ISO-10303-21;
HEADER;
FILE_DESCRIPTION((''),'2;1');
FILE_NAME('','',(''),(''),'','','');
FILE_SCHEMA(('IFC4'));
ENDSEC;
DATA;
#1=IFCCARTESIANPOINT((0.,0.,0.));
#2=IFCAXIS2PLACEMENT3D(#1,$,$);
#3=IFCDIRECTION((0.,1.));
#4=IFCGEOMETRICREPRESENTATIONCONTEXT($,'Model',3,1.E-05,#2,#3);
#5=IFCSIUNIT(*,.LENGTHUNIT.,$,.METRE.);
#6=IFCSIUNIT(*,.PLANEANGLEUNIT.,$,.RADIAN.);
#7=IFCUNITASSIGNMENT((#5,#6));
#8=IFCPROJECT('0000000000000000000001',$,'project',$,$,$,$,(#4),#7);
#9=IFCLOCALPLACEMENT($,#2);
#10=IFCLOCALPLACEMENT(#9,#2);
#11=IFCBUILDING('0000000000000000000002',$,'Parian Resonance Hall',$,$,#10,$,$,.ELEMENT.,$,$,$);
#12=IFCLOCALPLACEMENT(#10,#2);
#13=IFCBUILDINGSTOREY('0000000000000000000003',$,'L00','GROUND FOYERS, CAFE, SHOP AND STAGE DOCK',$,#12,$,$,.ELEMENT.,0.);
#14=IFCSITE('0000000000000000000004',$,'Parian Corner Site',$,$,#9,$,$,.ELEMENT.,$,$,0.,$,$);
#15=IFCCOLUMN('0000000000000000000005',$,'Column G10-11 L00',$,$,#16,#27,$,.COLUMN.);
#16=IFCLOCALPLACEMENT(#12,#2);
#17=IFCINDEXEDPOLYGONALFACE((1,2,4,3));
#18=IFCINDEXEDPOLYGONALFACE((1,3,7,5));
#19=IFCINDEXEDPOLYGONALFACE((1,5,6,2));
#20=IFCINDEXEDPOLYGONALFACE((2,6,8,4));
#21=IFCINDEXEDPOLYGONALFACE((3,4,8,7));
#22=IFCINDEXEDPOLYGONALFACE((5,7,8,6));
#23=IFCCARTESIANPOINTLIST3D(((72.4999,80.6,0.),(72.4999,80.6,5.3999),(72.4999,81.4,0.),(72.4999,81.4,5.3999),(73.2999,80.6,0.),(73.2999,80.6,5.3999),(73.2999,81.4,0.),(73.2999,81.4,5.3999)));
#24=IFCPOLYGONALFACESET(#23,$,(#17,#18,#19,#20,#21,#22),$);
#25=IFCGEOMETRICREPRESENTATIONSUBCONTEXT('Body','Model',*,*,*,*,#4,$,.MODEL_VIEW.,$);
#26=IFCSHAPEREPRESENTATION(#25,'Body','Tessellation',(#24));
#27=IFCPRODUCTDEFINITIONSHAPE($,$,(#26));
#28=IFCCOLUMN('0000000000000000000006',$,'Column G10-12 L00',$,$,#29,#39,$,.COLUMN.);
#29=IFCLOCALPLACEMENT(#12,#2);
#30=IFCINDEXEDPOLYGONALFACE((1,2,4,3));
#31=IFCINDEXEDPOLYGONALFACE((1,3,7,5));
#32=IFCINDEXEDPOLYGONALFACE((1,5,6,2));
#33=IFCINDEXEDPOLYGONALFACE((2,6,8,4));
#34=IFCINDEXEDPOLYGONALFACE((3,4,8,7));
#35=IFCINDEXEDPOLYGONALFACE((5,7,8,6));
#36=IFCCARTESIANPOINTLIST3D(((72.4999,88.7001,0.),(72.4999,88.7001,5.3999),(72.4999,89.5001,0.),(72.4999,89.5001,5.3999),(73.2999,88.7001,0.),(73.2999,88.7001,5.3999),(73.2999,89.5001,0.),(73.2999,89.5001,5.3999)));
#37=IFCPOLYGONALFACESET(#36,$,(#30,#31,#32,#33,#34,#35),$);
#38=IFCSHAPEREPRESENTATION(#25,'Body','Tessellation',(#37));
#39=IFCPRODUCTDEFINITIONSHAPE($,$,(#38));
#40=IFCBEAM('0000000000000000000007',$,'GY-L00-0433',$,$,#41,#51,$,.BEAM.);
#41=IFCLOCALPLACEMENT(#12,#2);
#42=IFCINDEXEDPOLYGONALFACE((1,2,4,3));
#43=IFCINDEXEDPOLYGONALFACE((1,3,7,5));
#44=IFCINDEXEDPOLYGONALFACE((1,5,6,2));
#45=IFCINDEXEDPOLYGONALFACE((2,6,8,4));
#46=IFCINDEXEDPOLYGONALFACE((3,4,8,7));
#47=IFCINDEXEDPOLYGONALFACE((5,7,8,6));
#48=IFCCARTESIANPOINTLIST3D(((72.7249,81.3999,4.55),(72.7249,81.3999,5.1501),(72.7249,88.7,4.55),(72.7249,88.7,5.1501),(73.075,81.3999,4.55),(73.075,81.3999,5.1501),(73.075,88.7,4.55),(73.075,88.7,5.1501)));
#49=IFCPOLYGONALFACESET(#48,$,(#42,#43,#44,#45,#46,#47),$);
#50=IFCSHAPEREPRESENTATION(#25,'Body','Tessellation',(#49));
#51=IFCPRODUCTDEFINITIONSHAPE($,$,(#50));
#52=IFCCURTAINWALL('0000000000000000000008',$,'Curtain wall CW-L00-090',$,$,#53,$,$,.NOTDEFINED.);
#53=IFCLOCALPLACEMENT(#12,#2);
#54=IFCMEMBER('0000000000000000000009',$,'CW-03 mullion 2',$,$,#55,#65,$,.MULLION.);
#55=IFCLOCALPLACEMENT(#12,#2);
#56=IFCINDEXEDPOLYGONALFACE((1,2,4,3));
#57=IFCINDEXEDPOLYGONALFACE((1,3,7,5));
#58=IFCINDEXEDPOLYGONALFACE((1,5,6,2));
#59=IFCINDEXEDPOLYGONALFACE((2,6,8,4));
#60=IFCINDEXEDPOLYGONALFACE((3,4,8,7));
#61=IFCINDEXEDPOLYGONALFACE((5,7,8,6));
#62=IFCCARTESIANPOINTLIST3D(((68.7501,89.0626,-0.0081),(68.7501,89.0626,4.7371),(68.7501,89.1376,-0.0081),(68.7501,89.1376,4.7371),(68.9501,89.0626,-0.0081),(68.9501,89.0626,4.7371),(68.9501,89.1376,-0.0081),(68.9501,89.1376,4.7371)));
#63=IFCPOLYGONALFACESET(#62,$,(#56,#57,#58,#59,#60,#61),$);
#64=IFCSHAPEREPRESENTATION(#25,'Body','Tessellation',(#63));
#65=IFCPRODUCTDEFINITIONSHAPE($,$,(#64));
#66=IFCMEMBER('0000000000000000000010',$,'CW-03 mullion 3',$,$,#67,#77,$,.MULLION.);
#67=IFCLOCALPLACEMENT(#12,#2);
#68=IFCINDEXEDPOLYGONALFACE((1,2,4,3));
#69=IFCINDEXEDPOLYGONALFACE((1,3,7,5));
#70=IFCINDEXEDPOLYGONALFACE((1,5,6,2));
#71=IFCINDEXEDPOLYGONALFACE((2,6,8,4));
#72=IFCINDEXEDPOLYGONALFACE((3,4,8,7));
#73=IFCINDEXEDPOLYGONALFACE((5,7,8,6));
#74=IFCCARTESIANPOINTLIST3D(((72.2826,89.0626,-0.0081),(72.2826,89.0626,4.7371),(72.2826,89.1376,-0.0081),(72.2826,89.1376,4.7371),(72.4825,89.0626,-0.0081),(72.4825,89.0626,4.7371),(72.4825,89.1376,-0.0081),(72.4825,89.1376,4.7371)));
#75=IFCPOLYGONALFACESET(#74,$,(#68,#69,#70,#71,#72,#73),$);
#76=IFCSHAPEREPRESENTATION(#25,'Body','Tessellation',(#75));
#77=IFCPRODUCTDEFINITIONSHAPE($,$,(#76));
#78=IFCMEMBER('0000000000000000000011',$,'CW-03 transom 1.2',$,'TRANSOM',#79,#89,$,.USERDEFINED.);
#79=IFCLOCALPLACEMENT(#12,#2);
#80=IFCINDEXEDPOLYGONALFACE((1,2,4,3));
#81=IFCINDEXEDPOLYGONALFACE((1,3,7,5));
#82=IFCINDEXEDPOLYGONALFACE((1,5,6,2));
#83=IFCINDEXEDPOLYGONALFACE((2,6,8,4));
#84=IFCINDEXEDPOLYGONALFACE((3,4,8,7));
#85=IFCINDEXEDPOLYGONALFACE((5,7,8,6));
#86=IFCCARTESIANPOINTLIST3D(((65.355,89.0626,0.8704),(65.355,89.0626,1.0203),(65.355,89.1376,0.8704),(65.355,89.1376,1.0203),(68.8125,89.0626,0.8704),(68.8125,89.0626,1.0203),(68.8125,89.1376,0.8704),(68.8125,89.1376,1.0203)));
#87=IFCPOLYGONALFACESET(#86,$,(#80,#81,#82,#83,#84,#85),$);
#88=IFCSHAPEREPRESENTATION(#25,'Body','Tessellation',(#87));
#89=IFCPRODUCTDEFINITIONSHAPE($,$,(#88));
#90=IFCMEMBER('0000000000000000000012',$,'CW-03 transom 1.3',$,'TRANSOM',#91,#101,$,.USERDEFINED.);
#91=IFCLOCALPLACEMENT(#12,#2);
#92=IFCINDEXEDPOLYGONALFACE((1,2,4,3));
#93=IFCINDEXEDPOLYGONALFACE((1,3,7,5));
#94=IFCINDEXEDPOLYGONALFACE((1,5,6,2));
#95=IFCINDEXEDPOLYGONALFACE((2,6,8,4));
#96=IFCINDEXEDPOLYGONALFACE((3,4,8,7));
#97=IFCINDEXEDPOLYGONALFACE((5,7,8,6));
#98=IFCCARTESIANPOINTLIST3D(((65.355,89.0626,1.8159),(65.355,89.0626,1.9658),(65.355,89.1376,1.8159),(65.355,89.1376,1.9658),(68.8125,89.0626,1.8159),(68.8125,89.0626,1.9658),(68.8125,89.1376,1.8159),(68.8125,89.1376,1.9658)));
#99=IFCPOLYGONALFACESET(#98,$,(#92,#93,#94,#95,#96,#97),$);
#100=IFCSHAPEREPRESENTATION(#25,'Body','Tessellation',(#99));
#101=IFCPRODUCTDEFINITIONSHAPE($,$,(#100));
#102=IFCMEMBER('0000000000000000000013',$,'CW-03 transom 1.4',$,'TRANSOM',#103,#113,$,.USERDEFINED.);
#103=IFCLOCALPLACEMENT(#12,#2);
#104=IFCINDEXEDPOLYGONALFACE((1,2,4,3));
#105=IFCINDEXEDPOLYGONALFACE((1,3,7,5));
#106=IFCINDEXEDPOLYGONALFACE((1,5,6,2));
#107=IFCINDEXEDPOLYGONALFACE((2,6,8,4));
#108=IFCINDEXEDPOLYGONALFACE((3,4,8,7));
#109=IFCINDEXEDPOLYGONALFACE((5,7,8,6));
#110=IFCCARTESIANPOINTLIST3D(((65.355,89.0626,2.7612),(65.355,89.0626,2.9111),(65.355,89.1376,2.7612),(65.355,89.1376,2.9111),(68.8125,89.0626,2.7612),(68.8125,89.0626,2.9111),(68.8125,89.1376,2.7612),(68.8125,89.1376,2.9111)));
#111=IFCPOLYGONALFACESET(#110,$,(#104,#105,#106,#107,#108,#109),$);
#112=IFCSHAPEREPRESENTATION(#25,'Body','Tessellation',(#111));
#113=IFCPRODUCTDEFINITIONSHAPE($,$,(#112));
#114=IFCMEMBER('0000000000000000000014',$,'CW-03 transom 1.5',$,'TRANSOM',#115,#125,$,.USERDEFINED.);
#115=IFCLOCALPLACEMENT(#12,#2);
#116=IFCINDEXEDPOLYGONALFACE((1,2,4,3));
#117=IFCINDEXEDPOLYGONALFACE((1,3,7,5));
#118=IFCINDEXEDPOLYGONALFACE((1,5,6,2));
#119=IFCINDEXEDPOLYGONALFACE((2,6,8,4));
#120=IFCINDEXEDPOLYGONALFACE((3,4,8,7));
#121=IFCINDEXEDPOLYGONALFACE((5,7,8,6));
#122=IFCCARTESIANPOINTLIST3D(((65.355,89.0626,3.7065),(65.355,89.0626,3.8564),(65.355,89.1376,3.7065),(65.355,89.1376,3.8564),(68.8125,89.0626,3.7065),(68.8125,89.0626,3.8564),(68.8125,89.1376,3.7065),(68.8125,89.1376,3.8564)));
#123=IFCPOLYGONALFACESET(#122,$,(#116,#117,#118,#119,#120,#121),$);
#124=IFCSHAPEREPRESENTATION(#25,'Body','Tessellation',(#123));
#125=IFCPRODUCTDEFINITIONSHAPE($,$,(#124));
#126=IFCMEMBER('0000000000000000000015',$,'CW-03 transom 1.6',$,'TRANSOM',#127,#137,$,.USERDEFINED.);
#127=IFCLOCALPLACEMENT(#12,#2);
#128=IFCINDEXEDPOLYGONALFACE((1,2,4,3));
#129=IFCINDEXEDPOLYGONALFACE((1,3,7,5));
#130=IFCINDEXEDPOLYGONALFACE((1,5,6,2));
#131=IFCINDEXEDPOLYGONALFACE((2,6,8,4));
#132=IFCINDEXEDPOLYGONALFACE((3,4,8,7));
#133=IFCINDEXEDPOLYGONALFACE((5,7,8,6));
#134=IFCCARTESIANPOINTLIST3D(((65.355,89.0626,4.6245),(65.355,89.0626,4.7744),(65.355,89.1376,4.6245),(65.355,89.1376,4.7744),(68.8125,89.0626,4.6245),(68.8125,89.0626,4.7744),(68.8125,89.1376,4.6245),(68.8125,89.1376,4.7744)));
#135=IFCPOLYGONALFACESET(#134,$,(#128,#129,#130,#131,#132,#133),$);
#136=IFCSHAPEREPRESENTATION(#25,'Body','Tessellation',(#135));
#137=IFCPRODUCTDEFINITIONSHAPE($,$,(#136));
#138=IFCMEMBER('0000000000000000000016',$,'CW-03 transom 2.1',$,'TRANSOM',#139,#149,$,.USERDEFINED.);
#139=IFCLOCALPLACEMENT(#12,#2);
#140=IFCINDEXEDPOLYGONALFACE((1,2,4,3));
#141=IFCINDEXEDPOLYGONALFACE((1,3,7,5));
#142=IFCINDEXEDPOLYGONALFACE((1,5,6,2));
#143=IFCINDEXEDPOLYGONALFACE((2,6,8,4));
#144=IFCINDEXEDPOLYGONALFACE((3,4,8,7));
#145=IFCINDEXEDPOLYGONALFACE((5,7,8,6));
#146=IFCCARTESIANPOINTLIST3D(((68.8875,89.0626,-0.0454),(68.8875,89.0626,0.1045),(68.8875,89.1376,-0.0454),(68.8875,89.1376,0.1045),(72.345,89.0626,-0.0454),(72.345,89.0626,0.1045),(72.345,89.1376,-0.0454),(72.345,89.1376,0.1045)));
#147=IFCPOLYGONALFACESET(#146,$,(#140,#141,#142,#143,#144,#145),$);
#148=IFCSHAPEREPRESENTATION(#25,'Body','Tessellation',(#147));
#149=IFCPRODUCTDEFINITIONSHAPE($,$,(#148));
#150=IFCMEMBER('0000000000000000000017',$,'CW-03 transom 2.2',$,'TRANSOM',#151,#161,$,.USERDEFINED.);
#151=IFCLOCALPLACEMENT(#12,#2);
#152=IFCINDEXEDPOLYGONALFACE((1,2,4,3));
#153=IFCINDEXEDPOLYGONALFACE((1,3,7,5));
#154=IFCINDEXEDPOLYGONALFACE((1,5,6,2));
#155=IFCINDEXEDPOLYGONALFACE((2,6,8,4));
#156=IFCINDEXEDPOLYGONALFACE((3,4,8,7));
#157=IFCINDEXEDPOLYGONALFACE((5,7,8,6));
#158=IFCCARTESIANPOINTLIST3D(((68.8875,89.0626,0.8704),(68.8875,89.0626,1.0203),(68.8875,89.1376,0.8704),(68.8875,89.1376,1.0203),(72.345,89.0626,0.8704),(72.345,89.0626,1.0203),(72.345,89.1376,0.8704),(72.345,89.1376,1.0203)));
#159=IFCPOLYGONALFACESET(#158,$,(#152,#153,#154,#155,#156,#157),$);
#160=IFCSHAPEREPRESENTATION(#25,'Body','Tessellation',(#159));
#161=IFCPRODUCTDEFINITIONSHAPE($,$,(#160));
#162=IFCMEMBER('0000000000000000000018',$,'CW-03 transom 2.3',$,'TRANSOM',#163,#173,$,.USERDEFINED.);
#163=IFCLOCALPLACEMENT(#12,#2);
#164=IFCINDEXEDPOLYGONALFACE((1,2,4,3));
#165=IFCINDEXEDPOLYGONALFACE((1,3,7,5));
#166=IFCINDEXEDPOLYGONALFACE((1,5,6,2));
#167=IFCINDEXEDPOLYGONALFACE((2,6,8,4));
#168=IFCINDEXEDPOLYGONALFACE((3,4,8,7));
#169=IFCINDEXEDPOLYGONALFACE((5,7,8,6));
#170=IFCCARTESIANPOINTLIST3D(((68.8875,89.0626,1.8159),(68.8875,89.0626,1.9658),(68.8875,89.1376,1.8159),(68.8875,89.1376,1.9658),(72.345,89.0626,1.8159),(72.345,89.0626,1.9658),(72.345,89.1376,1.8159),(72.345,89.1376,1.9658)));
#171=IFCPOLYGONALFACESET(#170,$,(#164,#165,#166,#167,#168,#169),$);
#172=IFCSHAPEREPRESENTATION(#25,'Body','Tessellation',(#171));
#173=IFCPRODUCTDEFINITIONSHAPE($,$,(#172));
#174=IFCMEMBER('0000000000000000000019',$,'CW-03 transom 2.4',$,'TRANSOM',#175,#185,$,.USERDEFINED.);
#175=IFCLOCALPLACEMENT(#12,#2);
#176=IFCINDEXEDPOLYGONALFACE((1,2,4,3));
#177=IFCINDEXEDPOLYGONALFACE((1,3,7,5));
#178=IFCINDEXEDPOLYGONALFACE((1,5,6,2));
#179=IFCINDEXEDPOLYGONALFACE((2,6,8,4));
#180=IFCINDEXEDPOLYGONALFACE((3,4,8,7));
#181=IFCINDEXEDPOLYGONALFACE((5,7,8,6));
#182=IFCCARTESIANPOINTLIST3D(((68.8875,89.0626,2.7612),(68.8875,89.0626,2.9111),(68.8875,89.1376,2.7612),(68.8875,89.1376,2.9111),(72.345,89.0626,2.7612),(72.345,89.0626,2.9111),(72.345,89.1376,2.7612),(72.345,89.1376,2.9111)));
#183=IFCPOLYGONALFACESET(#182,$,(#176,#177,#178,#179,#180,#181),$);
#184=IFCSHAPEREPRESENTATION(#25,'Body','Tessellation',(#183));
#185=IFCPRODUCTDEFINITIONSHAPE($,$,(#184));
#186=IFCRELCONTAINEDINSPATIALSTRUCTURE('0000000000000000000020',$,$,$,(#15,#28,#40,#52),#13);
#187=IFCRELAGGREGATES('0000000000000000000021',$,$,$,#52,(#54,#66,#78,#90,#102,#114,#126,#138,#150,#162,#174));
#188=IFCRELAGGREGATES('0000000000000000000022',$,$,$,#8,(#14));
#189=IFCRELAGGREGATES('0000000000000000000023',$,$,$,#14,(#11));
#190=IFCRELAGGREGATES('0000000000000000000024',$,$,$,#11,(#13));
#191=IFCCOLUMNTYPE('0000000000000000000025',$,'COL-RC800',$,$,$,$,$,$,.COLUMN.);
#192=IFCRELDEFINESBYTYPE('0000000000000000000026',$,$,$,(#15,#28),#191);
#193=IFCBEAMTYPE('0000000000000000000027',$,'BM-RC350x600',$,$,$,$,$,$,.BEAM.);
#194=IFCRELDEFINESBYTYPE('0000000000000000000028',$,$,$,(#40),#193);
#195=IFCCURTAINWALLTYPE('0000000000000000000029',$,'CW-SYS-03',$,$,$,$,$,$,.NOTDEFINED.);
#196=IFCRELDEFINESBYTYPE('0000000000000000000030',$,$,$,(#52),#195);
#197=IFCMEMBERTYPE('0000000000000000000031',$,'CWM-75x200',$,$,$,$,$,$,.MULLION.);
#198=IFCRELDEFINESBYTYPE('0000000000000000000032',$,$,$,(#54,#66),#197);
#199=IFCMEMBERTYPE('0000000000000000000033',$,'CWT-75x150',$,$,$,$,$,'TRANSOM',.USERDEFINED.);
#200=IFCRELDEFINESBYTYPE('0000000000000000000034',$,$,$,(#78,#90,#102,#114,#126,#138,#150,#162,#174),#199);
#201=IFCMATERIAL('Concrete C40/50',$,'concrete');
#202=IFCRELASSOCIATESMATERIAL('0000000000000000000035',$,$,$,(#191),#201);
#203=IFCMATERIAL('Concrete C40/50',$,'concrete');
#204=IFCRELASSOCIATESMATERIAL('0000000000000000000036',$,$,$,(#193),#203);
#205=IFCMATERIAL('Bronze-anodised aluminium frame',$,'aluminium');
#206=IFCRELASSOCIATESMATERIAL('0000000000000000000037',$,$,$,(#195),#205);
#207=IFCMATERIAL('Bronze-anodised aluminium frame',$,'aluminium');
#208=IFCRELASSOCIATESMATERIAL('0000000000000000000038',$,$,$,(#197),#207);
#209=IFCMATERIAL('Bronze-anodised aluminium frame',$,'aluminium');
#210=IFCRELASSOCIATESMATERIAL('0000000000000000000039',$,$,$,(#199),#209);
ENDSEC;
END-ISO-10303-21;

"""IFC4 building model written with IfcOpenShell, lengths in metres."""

from ifc_helpers import new_model, si_unit, direction, frame, origin, origin_2d, place, context, subcontext, project, spatial, rectangle, extrude, material, material_profile, profile_set, type_object, element, aggregate, save


model = new_model("IFC4")

# Units and contexts
model_context = context("Model", 3, precision=1e-05, world=origin(), true_north=direction((0.0, 1.0)))
body_context = subcontext(model_context, "Body", "Model", "MODEL_VIEW")
ifc_project = project(units=[si_unit("LENGTHUNIT", "METRE"), si_unit("PLANEANGLEUNIT", "RADIAN")], contexts=[model_context])

# Site, building, storey
site_placement = place(None, origin())
site = spatial("IfcSite", under=ifc_project, at=site_placement, Name="Parian Corner Site", CompositionType="ELEMENT", RefElevation=0.0)
building_placement = place(site_placement, origin())
building = spatial("IfcBuilding", under=site, at=building_placement, Name="Parian Resonance Hall", CompositionType="ELEMENT")
storey_placement = place(building_placement, origin())
storey = spatial("IfcBuildingStorey", under=building, at=storey_placement, Name="L00", Description="GROUND FOYERS, CAFE, SHOP AND STAGE DOCK", CompositionType="ELEMENT", Elevation=0.0)

# Columns
ifc_material_1 = material(Name="Concrete C40/50", Category="concrete")
ifc_material_profile_1 = material_profile(ifc_material_1, rectangle(XDim=0.8, YDim=0.8, at=origin_2d()), Name="RC-COL-800x800")
ifc_profile_set_1 = profile_set([ifc_material_profile_1], Name="Concrete C40/50")
column_type = type_object("IfcColumnType", Name="COL-RC800", PredefinedType="COLUMN", material=ifc_profile_set_1)
for number, where, z_axis, x_axis, name in (
    (1, (72.8999, 81.0, 0.0), (0.0, 0.0, 1.0), (1.0, 0.0, 0.0), "Column G10-11 L00"),
    (2, (72.8999, 89.1001, 0.0), (0.0, 0.0, 1.0), (1.0, 0.0, 0.0), "Column G10-12 L00"),
):
    element("IfcColumn", number, at=place(storey_placement, frame(where, z_axis=z_axis, x_axis=x_axis)), inside=storey, type_object=column_type, Name=name, PredefinedType="COLUMN", context=body_context, shape_type="SweptSolid", body=[
        extrude(rectangle(XDim=0.8, YDim=0.8, at=origin_2d()), origin(), (0.0, 0.0, 1.0), 5.3999),
    ])

# Beam
ifc_material_2 = material(Name="Concrete C40/50", Category="concrete")
ifc_material_profile_2 = material_profile(ifc_material_2, rectangle(XDim=0.3501, YDim=0.6001, at=origin_2d()), Name="RC-BM-350x600")
ifc_profile_set_2 = profile_set([ifc_material_profile_2], Name="Concrete C40/50")
beam_type = type_object("IfcBeamType", Name="BM-RC350x600", PredefinedType="BEAM", material=ifc_profile_set_2)
beam_placement = place(storey_placement, frame((72.8999, 81.3999, 4.8501), z_axis=(0.0, 1.0, 0.0), x_axis=(-1.0, 0.0, 0.0)))
element("IfcBeam", 3, at=beam_placement, inside=storey, type_object=beam_type, Name="GY-L00-0433", PredefinedType="BEAM", context=body_context, shape_type="SweptSolid", body=[
    extrude(rectangle(XDim=0.3501, YDim=0.6001, at=origin_2d()), origin(), (0.0, 0.0, 1.0), 7.3),
])

# Curtain wall, members
ifc_material_3 = material(Name="Bronze-anodised aluminium frame", Category="aluminium")
curtain_wall_type = type_object("IfcCurtainWallType", Name="CW-SYS-03", PredefinedType="NOTDEFINED", material=ifc_material_3)
curtain_wall_placement = place(storey_placement, origin())
curtain_wall = element("IfcCurtainWall", 4, at=curtain_wall_placement, inside=storey, type_object=curtain_wall_type, Name="Curtain wall CW-L00-090", PredefinedType="NOTDEFINED")
ifc_material_4 = material(Name="Bronze-anodised aluminium frame", Category="aluminium")
ifc_material_profile_3 = material_profile(ifc_material_4, rectangle(XDim=0.075, YDim=0.2, at=origin_2d()), Name="CWM-75x200")
ifc_profile_set_3 = profile_set([ifc_material_profile_3], Name="Bronze-anodised aluminium frame")
member_type_1 = type_object("IfcMemberType", Name="CWM-75x200", PredefinedType="MULLION", material=ifc_profile_set_3)
member_1_placement = place(storey_placement, frame((68.8501, 89.1001, -0.0081), z_axis=(0.0, 0.0, 1.0), x_axis=(0.0, 1.0, 0.0)))
member_1 = element("IfcMember", 5, at=member_1_placement, type_object=member_type_1, Name="CW-03 mullion 2", PredefinedType="MULLION", context=body_context, shape_type="SweptSolid", body=[
    extrude(rectangle(XDim=0.075, YDim=0.2, at=origin_2d()), origin(), (0.0, 0.0, 1.0), 4.7451),
])
member_2_placement = place(storey_placement, frame((72.3826, 89.1001, -0.0081), z_axis=(0.0, 0.0, 1.0), x_axis=(0.0, 1.0, 0.0)))
member_2 = element("IfcMember", 6, at=member_2_placement, type_object=member_type_1, Name="CW-03 mullion 3", PredefinedType="MULLION", context=body_context, shape_type="SweptSolid", body=[
    extrude(rectangle(XDim=0.075, YDim=0.2, at=origin_2d()), origin(), (0.0, 0.0, 1.0), 4.7451),
])
ifc_material_5 = material(Name="Bronze-anodised aluminium frame", Category="aluminium")
ifc_material_profile_4 = material_profile(ifc_material_5, rectangle(XDim=0.075, YDim=0.1499, at=origin_2d()), Name="CWT-75x150")
ifc_profile_set_4 = profile_set([ifc_material_profile_4], Name="Bronze-anodised aluminium frame")
member_type_2 = type_object("IfcMemberType", Name="CWT-75x150", ElementType="TRANSOM", PredefinedType="USERDEFINED", material=ifc_profile_set_4)
member_3_placement = place(storey_placement, frame((65.355, 89.1001, 0.9453), z_axis=(1.0, 0.0, 0.0), x_axis=(0.0, 1.0, 0.0)))
member_3 = element("IfcMember", 7, at=member_3_placement, type_object=member_type_2, Name="CW-03 transom 1.2", ObjectType="TRANSOM", PredefinedType="USERDEFINED", context=body_context, shape_type="SweptSolid", body=[
    extrude(rectangle(XDim=0.075, YDim=0.1499, at=origin_2d()), origin(), (0.0, 0.0, 1.0), 3.4575),
])
member_4_placement = place(storey_placement, frame((65.355, 89.1001, 1.8909), z_axis=(1.0, 0.0, 0.0), x_axis=(0.0, 1.0, 0.0)))
member_4 = element("IfcMember", 8, at=member_4_placement, type_object=member_type_2, Name="CW-03 transom 1.3", ObjectType="TRANSOM", PredefinedType="USERDEFINED", context=body_context, shape_type="SweptSolid", body=[
    extrude(rectangle(XDim=0.075, YDim=0.1499, at=origin_2d()), origin(), (0.0, 0.0, 1.0), 3.4575),
])
member_5_placement = place(storey_placement, frame((65.355, 89.1001, 2.8362), z_axis=(1.0, 0.0, 0.0), x_axis=(0.0, 1.0, 0.0)))
member_5 = element("IfcMember", 9, at=member_5_placement, type_object=member_type_2, Name="CW-03 transom 1.4", ObjectType="TRANSOM", PredefinedType="USERDEFINED", context=body_context, shape_type="SweptSolid", body=[
    extrude(rectangle(XDim=0.075, YDim=0.1499, at=origin_2d()), origin(), (0.0, 0.0, 1.0), 3.4575),
])
member_6_placement = place(storey_placement, frame((65.355, 89.1001, 3.7815), z_axis=(1.0, 0.0, 0.0), x_axis=(0.0, 1.0, 0.0)))
member_6 = element("IfcMember", 10, at=member_6_placement, type_object=member_type_2, Name="CW-03 transom 1.5", ObjectType="TRANSOM", PredefinedType="USERDEFINED", context=body_context, shape_type="SweptSolid", body=[
    extrude(rectangle(XDim=0.075, YDim=0.1499, at=origin_2d()), origin(), (0.0, 0.0, 1.0), 3.4575),
])
member_7_placement = place(storey_placement, frame((65.355, 89.1001, 4.6995), z_axis=(1.0, 0.0, 0.0), x_axis=(0.0, 1.0, 0.0)))
member_7 = element("IfcMember", 11, at=member_7_placement, type_object=member_type_2, Name="CW-03 transom 1.6", ObjectType="TRANSOM", PredefinedType="USERDEFINED", context=body_context, shape_type="SweptSolid", body=[
    extrude(rectangle(XDim=0.075, YDim=0.1499, at=origin_2d()), origin(), (0.0, 0.0, 1.0), 3.4575),
])
member_8_placement = place(storey_placement, frame((68.8875, 89.1001, 0.0295), z_axis=(1.0, 0.0, 0.0), x_axis=(0.0, 1.0, 0.0)))
member_8 = element("IfcMember", 12, at=member_8_placement, type_object=member_type_2, Name="CW-03 transom 2.1", ObjectType="TRANSOM", PredefinedType="USERDEFINED", context=body_context, shape_type="SweptSolid", body=[
    extrude(rectangle(XDim=0.075, YDim=0.1499, at=origin_2d()), origin(), (0.0, 0.0, 1.0), 3.4575),
])
member_9_placement = place(storey_placement, frame((68.8875, 89.1001, 0.9453), z_axis=(1.0, 0.0, 0.0), x_axis=(0.0, 1.0, 0.0)))
member_9 = element("IfcMember", 13, at=member_9_placement, type_object=member_type_2, Name="CW-03 transom 2.2", ObjectType="TRANSOM", PredefinedType="USERDEFINED", context=body_context, shape_type="SweptSolid", body=[
    extrude(rectangle(XDim=0.075, YDim=0.1499, at=origin_2d()), origin(), (0.0, 0.0, 1.0), 3.4575),
])
member_10_placement = place(storey_placement, frame((68.8875, 89.1001, 1.8909), z_axis=(1.0, 0.0, 0.0), x_axis=(0.0, 1.0, 0.0)))
member_10 = element("IfcMember", 14, at=member_10_placement, type_object=member_type_2, Name="CW-03 transom 2.3", ObjectType="TRANSOM", PredefinedType="USERDEFINED", context=body_context, shape_type="SweptSolid", body=[
    extrude(rectangle(XDim=0.075, YDim=0.1499, at=origin_2d()), origin(), (0.0, 0.0, 1.0), 3.4575),
])
member_11_placement = place(storey_placement, frame((68.8875, 89.1001, 2.8362), z_axis=(1.0, 0.0, 0.0), x_axis=(0.0, 1.0, 0.0)))
member_11 = element("IfcMember", 15, at=member_11_placement, type_object=member_type_2, Name="CW-03 transom 2.4", ObjectType="TRANSOM", PredefinedType="USERDEFINED", context=body_context, shape_type="SweptSolid", body=[
    extrude(rectangle(XDim=0.075, YDim=0.1499, at=origin_2d()), origin(), (0.0, 0.0, 1.0), 3.4575),
])
aggregate(curtain_wall, [member_1, member_2, member_3, member_4, member_5, member_6, member_7, member_8, member_9, member_10, member_11])

save(model, "model.ifc")
